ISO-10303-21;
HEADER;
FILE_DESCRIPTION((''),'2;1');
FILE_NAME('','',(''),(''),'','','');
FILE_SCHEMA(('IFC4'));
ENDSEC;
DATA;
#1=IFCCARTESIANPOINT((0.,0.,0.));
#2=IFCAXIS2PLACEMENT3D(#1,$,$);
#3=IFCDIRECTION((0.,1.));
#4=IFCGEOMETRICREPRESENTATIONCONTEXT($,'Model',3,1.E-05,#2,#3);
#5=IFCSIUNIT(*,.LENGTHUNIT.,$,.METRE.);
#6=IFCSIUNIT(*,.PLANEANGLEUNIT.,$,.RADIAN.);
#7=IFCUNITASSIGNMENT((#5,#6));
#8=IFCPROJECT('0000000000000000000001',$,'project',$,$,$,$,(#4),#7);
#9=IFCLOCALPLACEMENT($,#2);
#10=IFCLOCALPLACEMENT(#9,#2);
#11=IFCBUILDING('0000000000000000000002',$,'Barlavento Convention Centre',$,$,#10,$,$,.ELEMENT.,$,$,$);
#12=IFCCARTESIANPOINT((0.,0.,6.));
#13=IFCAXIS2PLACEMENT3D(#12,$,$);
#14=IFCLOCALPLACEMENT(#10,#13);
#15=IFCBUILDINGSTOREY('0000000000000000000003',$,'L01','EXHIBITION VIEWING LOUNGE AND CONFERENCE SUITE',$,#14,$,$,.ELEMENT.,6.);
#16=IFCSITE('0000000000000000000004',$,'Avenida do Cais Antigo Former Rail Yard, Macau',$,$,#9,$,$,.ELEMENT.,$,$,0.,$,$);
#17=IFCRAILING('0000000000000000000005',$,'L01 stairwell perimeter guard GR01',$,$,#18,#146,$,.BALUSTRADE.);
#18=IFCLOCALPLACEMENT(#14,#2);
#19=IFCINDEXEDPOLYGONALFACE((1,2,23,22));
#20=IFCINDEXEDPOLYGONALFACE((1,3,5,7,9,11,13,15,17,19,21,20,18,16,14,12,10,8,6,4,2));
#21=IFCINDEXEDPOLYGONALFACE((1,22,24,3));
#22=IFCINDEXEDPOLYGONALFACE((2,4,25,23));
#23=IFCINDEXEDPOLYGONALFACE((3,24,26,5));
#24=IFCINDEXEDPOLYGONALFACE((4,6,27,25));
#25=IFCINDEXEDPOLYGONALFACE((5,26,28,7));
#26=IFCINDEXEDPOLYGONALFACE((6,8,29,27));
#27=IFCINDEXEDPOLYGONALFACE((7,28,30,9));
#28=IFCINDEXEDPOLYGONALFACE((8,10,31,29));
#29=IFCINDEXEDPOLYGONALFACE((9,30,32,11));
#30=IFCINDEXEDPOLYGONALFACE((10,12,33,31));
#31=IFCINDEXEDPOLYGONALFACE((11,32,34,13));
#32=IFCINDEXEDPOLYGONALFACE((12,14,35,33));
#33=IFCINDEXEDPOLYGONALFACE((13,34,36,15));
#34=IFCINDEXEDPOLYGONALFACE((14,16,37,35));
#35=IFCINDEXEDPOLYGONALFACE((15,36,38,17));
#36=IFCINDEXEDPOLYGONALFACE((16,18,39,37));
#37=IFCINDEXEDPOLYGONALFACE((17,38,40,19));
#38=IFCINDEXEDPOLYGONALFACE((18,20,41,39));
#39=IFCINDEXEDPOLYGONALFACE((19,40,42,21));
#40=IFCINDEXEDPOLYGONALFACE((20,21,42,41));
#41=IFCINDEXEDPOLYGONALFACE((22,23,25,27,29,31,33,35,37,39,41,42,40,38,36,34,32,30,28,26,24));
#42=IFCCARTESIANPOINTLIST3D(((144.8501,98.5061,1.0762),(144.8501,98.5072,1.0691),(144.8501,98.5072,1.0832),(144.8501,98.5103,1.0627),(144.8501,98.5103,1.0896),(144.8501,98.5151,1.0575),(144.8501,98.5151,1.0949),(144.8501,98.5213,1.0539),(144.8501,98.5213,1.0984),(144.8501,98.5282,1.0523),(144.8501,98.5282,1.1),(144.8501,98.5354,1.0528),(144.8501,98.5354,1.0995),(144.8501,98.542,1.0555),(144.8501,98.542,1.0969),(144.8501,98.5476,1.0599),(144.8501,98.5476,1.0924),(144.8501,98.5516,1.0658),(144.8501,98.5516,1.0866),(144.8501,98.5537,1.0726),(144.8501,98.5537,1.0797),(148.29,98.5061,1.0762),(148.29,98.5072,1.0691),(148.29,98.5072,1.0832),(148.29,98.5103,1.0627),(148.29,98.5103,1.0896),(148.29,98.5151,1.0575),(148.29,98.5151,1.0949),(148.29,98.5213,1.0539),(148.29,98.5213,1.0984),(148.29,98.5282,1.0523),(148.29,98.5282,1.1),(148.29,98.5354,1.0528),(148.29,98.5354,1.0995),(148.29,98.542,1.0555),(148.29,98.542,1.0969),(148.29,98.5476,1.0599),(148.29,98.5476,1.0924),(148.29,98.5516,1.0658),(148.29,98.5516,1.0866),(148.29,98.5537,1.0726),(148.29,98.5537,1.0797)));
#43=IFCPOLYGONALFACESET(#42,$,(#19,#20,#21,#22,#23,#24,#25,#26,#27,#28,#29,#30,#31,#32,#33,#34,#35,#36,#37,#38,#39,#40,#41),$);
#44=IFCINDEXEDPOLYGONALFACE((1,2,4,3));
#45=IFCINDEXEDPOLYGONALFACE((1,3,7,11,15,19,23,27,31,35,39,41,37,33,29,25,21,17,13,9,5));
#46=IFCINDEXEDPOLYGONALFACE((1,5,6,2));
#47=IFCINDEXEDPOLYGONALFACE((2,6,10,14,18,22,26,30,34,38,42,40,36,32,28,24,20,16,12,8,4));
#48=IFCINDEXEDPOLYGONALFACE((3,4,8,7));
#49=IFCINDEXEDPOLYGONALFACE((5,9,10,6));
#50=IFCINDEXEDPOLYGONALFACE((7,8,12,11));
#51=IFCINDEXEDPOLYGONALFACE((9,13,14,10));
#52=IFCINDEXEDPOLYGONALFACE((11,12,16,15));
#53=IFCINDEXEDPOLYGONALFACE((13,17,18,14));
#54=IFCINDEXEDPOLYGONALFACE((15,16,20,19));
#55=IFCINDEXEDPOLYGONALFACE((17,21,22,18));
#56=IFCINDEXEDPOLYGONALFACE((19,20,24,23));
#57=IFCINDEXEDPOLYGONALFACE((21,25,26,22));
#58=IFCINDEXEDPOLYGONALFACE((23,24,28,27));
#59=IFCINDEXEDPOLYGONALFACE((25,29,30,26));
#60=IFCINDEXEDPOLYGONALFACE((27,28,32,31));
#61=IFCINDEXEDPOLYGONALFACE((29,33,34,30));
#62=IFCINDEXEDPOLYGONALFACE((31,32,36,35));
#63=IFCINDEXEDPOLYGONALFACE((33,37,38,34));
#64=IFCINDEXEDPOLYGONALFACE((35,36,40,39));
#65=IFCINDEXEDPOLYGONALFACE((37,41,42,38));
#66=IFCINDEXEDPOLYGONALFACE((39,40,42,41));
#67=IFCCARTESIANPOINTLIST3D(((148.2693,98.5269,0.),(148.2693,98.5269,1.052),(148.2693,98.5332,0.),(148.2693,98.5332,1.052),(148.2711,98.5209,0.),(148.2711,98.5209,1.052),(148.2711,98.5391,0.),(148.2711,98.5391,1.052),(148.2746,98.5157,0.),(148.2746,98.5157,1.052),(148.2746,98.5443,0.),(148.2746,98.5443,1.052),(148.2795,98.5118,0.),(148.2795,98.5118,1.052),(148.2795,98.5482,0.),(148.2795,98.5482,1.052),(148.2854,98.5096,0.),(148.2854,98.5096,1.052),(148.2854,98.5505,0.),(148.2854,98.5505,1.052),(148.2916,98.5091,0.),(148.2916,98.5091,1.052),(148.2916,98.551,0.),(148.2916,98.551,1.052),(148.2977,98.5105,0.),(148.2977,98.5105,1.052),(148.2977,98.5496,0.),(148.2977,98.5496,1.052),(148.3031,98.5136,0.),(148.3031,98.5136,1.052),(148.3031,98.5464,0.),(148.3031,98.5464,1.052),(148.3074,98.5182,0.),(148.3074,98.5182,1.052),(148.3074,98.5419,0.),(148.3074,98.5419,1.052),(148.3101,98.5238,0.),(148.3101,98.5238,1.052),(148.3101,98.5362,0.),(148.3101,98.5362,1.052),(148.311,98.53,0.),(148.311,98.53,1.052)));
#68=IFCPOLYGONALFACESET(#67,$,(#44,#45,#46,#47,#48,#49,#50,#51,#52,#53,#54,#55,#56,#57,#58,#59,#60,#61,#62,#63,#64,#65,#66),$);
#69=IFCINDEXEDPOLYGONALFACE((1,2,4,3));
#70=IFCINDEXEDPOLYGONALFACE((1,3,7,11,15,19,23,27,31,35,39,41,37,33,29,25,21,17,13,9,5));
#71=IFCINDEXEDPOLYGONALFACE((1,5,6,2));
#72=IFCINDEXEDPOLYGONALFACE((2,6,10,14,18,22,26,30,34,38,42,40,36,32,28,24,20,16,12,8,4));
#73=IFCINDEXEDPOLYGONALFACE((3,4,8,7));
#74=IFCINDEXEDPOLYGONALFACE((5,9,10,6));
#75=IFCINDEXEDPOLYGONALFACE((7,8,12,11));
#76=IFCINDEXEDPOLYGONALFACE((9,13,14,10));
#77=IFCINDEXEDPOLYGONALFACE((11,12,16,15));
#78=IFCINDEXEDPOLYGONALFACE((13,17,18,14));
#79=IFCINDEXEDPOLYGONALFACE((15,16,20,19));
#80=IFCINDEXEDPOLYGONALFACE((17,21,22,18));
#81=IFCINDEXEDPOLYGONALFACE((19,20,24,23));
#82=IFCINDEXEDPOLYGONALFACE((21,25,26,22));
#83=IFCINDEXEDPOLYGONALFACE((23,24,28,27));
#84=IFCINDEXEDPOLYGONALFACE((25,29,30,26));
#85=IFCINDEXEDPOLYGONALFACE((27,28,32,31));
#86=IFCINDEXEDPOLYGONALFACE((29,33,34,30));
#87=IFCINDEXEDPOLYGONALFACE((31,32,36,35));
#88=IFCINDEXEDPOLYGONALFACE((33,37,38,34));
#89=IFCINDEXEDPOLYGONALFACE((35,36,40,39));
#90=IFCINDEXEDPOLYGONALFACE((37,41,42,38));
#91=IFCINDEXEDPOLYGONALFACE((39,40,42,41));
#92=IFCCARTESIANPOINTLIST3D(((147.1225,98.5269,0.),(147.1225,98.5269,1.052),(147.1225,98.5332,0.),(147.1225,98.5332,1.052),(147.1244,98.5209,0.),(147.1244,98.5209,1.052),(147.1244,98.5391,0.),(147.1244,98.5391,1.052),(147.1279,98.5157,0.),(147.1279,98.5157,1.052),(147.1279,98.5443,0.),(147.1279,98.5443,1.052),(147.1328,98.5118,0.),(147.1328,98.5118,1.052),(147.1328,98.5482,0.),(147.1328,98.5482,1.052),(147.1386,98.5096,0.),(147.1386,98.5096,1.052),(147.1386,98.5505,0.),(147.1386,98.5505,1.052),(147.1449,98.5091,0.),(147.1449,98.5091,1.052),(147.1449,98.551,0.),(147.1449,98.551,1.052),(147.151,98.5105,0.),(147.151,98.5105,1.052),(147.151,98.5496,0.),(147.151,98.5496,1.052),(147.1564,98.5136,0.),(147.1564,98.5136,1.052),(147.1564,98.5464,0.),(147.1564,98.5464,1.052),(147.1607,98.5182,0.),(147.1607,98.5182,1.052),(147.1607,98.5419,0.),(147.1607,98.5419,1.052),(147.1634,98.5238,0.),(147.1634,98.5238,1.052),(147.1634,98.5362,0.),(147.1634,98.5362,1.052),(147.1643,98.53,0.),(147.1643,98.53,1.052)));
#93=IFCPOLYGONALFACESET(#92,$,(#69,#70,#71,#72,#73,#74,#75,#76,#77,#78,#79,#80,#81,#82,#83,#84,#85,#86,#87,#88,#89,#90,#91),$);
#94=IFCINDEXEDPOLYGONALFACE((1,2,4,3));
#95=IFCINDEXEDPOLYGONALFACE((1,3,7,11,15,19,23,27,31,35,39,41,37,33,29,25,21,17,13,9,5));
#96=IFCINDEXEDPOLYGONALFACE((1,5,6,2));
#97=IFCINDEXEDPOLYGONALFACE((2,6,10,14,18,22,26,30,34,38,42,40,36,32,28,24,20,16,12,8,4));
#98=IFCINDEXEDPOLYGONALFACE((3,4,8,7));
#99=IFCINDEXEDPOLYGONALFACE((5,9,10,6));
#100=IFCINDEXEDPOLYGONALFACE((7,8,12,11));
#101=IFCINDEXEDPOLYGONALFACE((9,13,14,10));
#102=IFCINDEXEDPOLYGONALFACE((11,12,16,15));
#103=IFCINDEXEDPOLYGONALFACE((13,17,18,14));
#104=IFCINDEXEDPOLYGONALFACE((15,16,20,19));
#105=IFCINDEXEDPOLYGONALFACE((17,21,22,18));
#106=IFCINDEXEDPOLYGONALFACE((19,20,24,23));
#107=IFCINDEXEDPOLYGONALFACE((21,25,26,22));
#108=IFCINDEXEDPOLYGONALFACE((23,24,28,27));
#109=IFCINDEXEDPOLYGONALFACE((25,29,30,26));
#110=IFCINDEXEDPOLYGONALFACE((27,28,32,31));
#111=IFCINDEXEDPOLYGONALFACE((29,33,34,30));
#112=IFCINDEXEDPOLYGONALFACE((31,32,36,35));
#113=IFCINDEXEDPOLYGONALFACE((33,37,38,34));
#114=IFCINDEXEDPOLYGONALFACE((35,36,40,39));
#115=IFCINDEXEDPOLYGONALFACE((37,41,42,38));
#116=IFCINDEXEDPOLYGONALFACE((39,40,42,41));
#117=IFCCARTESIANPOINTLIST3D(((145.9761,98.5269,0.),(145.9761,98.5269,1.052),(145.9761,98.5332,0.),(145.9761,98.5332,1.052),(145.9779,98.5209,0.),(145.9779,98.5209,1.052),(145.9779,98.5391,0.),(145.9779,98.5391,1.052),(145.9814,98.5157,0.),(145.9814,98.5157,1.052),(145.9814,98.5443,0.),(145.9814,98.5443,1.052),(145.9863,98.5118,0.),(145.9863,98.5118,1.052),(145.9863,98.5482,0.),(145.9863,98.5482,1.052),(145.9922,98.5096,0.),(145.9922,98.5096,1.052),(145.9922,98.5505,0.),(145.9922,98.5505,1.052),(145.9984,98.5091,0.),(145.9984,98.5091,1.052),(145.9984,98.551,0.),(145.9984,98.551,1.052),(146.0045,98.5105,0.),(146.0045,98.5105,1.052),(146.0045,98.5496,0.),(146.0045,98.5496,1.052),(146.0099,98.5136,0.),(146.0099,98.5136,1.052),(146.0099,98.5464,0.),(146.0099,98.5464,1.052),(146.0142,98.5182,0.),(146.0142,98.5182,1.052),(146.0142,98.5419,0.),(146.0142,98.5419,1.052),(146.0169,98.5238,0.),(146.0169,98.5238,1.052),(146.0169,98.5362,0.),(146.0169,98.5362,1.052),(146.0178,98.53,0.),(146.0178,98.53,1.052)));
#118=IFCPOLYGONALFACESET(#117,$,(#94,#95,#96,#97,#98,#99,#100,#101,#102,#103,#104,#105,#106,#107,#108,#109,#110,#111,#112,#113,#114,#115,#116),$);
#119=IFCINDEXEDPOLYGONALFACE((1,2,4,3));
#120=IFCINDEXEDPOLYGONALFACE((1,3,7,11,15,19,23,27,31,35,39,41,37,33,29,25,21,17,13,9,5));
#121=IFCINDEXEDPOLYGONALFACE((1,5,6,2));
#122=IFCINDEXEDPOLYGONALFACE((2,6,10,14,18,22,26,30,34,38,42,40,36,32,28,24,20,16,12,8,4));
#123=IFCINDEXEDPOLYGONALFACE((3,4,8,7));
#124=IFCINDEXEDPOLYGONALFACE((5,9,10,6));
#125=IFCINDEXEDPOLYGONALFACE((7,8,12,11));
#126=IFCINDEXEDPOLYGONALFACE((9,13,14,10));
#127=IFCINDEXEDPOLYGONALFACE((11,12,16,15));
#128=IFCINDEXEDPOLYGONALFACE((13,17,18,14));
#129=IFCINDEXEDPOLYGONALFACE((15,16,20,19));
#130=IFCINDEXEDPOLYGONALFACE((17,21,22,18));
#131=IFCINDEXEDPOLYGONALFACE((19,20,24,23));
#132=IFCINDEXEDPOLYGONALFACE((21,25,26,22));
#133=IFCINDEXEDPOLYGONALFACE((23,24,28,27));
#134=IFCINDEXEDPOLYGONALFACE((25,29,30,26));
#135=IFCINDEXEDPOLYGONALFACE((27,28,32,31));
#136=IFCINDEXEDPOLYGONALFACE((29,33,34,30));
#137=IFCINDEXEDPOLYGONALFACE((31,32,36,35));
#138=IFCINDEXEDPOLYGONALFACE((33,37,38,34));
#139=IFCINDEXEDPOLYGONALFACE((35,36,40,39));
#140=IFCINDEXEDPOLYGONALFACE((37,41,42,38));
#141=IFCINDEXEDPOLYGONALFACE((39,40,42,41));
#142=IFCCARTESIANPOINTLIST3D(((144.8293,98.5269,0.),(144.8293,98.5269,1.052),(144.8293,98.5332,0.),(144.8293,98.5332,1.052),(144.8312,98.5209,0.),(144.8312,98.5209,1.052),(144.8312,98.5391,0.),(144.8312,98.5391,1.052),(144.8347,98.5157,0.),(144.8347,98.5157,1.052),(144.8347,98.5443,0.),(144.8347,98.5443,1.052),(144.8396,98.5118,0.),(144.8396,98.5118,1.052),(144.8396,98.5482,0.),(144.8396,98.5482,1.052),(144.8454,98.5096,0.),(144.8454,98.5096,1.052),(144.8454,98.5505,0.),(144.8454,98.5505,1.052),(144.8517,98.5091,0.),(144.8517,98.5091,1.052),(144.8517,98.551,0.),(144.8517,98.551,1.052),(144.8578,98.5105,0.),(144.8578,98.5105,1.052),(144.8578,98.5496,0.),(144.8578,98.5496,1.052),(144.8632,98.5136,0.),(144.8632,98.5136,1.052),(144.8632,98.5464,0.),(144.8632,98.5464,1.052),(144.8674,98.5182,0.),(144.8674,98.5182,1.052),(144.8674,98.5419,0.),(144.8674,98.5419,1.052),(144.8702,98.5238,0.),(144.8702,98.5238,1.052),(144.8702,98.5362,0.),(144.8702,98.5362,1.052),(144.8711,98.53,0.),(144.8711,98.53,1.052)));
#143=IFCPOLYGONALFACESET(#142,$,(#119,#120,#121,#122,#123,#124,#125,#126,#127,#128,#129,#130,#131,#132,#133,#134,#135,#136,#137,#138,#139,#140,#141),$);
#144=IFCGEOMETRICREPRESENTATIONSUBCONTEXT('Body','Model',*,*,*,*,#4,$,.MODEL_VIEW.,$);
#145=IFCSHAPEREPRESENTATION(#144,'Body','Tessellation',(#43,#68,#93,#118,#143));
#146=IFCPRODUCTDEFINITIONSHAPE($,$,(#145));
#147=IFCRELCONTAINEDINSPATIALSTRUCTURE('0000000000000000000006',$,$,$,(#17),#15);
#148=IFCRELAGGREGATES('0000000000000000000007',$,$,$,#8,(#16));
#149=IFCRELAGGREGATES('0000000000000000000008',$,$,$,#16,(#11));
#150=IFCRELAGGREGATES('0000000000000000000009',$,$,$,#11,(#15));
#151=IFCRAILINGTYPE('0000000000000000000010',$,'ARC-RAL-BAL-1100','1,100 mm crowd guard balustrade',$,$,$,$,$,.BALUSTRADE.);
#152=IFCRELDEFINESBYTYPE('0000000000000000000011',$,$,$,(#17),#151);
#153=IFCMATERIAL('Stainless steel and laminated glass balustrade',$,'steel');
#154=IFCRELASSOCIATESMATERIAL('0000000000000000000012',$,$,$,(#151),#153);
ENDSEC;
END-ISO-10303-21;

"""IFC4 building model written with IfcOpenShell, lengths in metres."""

from ifc_helpers import new_model, si_unit, direction, frame, origin, origin_2d, place, context, subcontext, project, spatial, circle, extrude, material, type_object, element, save


model = new_model("IFC4")

# Units and contexts
model_context = context("Model", 3, precision=1e-05, world=origin(), true_north=direction((0.0, 1.0)))
body_context = subcontext(model_context, "Body", "Model", "MODEL_VIEW")
ifc_project = project(units=[si_unit("LENGTHUNIT", "METRE"), si_unit("PLANEANGLEUNIT", "RADIAN")], contexts=[model_context])

# Site, building, storey
site_placement = place(None, origin())
site = spatial("IfcSite", under=ifc_project, at=site_placement, Name="Avenida do Cais Antigo Former Rail Yard, Macau", CompositionType="ELEMENT", RefElevation=0.0)
building_placement = place(site_placement, origin())
building = spatial("IfcBuilding", under=site, at=building_placement, Name="Barlavento Convention Centre", CompositionType="ELEMENT")
storey_placement = place(building_placement, frame((0.0, 0.0, 6.0)))
storey = spatial("IfcBuildingStorey", under=building, at=storey_placement, Name="L01", Description="EXHIBITION VIEWING LOUNGE AND CONFERENCE SUITE", CompositionType="ELEMENT", Elevation=6.0)

# Railing
ifc_material_1 = material(Name="Stainless steel and laminated glass balustrade", Category="steel")
railing_type = type_object("IfcRailingType", Name="ARC-RAL-BAL-1100", Description="1,100 mm crowd guard balustrade", PredefinedType="BALUSTRADE", material=ifc_material_1)
for number, where, name in (
    (1, (148.29, 98.53, 0.0), "L01 stairwell perimeter guard GR01"),
):
    element("IfcRailing", number, at=place(storey_placement, frame(where)), inside=storey, type_object=railing_type, Name=name, PredefinedType="BALUSTRADE", context=body_context, shape_type="SweptSolid", body=[
        extrude(circle(Radius=0.0239, at=origin_2d()), frame((0.0, 0.0, 1.0762), z_axis=(-1.0, 0.0, 0.0), x_axis=(0.0, -1.0, 0.0)), (0.0, 0.0, 1.0), 3.4399),
        extrude(circle(Radius=0.021, at=origin_2d()), origin(), (0.0, 0.0, 1.0), 1.052),
        extrude(circle(Radius=0.021, at=origin_2d()), frame((-1.1467, 0.0, 0.0)), (0.0, 0.0, 1.0), 1.052),
        extrude(circle(Radius=0.021, at=origin_2d()), frame((-2.2932, 0.0, 0.0)), (0.0, 0.0, 1.0), 1.052),
        extrude(circle(Radius=0.021, at=origin_2d()), frame((-3.4399, 0.0, 0.0)), (0.0, 0.0, 1.0), 1.052),
    ])

save(model, "model.ifc")
